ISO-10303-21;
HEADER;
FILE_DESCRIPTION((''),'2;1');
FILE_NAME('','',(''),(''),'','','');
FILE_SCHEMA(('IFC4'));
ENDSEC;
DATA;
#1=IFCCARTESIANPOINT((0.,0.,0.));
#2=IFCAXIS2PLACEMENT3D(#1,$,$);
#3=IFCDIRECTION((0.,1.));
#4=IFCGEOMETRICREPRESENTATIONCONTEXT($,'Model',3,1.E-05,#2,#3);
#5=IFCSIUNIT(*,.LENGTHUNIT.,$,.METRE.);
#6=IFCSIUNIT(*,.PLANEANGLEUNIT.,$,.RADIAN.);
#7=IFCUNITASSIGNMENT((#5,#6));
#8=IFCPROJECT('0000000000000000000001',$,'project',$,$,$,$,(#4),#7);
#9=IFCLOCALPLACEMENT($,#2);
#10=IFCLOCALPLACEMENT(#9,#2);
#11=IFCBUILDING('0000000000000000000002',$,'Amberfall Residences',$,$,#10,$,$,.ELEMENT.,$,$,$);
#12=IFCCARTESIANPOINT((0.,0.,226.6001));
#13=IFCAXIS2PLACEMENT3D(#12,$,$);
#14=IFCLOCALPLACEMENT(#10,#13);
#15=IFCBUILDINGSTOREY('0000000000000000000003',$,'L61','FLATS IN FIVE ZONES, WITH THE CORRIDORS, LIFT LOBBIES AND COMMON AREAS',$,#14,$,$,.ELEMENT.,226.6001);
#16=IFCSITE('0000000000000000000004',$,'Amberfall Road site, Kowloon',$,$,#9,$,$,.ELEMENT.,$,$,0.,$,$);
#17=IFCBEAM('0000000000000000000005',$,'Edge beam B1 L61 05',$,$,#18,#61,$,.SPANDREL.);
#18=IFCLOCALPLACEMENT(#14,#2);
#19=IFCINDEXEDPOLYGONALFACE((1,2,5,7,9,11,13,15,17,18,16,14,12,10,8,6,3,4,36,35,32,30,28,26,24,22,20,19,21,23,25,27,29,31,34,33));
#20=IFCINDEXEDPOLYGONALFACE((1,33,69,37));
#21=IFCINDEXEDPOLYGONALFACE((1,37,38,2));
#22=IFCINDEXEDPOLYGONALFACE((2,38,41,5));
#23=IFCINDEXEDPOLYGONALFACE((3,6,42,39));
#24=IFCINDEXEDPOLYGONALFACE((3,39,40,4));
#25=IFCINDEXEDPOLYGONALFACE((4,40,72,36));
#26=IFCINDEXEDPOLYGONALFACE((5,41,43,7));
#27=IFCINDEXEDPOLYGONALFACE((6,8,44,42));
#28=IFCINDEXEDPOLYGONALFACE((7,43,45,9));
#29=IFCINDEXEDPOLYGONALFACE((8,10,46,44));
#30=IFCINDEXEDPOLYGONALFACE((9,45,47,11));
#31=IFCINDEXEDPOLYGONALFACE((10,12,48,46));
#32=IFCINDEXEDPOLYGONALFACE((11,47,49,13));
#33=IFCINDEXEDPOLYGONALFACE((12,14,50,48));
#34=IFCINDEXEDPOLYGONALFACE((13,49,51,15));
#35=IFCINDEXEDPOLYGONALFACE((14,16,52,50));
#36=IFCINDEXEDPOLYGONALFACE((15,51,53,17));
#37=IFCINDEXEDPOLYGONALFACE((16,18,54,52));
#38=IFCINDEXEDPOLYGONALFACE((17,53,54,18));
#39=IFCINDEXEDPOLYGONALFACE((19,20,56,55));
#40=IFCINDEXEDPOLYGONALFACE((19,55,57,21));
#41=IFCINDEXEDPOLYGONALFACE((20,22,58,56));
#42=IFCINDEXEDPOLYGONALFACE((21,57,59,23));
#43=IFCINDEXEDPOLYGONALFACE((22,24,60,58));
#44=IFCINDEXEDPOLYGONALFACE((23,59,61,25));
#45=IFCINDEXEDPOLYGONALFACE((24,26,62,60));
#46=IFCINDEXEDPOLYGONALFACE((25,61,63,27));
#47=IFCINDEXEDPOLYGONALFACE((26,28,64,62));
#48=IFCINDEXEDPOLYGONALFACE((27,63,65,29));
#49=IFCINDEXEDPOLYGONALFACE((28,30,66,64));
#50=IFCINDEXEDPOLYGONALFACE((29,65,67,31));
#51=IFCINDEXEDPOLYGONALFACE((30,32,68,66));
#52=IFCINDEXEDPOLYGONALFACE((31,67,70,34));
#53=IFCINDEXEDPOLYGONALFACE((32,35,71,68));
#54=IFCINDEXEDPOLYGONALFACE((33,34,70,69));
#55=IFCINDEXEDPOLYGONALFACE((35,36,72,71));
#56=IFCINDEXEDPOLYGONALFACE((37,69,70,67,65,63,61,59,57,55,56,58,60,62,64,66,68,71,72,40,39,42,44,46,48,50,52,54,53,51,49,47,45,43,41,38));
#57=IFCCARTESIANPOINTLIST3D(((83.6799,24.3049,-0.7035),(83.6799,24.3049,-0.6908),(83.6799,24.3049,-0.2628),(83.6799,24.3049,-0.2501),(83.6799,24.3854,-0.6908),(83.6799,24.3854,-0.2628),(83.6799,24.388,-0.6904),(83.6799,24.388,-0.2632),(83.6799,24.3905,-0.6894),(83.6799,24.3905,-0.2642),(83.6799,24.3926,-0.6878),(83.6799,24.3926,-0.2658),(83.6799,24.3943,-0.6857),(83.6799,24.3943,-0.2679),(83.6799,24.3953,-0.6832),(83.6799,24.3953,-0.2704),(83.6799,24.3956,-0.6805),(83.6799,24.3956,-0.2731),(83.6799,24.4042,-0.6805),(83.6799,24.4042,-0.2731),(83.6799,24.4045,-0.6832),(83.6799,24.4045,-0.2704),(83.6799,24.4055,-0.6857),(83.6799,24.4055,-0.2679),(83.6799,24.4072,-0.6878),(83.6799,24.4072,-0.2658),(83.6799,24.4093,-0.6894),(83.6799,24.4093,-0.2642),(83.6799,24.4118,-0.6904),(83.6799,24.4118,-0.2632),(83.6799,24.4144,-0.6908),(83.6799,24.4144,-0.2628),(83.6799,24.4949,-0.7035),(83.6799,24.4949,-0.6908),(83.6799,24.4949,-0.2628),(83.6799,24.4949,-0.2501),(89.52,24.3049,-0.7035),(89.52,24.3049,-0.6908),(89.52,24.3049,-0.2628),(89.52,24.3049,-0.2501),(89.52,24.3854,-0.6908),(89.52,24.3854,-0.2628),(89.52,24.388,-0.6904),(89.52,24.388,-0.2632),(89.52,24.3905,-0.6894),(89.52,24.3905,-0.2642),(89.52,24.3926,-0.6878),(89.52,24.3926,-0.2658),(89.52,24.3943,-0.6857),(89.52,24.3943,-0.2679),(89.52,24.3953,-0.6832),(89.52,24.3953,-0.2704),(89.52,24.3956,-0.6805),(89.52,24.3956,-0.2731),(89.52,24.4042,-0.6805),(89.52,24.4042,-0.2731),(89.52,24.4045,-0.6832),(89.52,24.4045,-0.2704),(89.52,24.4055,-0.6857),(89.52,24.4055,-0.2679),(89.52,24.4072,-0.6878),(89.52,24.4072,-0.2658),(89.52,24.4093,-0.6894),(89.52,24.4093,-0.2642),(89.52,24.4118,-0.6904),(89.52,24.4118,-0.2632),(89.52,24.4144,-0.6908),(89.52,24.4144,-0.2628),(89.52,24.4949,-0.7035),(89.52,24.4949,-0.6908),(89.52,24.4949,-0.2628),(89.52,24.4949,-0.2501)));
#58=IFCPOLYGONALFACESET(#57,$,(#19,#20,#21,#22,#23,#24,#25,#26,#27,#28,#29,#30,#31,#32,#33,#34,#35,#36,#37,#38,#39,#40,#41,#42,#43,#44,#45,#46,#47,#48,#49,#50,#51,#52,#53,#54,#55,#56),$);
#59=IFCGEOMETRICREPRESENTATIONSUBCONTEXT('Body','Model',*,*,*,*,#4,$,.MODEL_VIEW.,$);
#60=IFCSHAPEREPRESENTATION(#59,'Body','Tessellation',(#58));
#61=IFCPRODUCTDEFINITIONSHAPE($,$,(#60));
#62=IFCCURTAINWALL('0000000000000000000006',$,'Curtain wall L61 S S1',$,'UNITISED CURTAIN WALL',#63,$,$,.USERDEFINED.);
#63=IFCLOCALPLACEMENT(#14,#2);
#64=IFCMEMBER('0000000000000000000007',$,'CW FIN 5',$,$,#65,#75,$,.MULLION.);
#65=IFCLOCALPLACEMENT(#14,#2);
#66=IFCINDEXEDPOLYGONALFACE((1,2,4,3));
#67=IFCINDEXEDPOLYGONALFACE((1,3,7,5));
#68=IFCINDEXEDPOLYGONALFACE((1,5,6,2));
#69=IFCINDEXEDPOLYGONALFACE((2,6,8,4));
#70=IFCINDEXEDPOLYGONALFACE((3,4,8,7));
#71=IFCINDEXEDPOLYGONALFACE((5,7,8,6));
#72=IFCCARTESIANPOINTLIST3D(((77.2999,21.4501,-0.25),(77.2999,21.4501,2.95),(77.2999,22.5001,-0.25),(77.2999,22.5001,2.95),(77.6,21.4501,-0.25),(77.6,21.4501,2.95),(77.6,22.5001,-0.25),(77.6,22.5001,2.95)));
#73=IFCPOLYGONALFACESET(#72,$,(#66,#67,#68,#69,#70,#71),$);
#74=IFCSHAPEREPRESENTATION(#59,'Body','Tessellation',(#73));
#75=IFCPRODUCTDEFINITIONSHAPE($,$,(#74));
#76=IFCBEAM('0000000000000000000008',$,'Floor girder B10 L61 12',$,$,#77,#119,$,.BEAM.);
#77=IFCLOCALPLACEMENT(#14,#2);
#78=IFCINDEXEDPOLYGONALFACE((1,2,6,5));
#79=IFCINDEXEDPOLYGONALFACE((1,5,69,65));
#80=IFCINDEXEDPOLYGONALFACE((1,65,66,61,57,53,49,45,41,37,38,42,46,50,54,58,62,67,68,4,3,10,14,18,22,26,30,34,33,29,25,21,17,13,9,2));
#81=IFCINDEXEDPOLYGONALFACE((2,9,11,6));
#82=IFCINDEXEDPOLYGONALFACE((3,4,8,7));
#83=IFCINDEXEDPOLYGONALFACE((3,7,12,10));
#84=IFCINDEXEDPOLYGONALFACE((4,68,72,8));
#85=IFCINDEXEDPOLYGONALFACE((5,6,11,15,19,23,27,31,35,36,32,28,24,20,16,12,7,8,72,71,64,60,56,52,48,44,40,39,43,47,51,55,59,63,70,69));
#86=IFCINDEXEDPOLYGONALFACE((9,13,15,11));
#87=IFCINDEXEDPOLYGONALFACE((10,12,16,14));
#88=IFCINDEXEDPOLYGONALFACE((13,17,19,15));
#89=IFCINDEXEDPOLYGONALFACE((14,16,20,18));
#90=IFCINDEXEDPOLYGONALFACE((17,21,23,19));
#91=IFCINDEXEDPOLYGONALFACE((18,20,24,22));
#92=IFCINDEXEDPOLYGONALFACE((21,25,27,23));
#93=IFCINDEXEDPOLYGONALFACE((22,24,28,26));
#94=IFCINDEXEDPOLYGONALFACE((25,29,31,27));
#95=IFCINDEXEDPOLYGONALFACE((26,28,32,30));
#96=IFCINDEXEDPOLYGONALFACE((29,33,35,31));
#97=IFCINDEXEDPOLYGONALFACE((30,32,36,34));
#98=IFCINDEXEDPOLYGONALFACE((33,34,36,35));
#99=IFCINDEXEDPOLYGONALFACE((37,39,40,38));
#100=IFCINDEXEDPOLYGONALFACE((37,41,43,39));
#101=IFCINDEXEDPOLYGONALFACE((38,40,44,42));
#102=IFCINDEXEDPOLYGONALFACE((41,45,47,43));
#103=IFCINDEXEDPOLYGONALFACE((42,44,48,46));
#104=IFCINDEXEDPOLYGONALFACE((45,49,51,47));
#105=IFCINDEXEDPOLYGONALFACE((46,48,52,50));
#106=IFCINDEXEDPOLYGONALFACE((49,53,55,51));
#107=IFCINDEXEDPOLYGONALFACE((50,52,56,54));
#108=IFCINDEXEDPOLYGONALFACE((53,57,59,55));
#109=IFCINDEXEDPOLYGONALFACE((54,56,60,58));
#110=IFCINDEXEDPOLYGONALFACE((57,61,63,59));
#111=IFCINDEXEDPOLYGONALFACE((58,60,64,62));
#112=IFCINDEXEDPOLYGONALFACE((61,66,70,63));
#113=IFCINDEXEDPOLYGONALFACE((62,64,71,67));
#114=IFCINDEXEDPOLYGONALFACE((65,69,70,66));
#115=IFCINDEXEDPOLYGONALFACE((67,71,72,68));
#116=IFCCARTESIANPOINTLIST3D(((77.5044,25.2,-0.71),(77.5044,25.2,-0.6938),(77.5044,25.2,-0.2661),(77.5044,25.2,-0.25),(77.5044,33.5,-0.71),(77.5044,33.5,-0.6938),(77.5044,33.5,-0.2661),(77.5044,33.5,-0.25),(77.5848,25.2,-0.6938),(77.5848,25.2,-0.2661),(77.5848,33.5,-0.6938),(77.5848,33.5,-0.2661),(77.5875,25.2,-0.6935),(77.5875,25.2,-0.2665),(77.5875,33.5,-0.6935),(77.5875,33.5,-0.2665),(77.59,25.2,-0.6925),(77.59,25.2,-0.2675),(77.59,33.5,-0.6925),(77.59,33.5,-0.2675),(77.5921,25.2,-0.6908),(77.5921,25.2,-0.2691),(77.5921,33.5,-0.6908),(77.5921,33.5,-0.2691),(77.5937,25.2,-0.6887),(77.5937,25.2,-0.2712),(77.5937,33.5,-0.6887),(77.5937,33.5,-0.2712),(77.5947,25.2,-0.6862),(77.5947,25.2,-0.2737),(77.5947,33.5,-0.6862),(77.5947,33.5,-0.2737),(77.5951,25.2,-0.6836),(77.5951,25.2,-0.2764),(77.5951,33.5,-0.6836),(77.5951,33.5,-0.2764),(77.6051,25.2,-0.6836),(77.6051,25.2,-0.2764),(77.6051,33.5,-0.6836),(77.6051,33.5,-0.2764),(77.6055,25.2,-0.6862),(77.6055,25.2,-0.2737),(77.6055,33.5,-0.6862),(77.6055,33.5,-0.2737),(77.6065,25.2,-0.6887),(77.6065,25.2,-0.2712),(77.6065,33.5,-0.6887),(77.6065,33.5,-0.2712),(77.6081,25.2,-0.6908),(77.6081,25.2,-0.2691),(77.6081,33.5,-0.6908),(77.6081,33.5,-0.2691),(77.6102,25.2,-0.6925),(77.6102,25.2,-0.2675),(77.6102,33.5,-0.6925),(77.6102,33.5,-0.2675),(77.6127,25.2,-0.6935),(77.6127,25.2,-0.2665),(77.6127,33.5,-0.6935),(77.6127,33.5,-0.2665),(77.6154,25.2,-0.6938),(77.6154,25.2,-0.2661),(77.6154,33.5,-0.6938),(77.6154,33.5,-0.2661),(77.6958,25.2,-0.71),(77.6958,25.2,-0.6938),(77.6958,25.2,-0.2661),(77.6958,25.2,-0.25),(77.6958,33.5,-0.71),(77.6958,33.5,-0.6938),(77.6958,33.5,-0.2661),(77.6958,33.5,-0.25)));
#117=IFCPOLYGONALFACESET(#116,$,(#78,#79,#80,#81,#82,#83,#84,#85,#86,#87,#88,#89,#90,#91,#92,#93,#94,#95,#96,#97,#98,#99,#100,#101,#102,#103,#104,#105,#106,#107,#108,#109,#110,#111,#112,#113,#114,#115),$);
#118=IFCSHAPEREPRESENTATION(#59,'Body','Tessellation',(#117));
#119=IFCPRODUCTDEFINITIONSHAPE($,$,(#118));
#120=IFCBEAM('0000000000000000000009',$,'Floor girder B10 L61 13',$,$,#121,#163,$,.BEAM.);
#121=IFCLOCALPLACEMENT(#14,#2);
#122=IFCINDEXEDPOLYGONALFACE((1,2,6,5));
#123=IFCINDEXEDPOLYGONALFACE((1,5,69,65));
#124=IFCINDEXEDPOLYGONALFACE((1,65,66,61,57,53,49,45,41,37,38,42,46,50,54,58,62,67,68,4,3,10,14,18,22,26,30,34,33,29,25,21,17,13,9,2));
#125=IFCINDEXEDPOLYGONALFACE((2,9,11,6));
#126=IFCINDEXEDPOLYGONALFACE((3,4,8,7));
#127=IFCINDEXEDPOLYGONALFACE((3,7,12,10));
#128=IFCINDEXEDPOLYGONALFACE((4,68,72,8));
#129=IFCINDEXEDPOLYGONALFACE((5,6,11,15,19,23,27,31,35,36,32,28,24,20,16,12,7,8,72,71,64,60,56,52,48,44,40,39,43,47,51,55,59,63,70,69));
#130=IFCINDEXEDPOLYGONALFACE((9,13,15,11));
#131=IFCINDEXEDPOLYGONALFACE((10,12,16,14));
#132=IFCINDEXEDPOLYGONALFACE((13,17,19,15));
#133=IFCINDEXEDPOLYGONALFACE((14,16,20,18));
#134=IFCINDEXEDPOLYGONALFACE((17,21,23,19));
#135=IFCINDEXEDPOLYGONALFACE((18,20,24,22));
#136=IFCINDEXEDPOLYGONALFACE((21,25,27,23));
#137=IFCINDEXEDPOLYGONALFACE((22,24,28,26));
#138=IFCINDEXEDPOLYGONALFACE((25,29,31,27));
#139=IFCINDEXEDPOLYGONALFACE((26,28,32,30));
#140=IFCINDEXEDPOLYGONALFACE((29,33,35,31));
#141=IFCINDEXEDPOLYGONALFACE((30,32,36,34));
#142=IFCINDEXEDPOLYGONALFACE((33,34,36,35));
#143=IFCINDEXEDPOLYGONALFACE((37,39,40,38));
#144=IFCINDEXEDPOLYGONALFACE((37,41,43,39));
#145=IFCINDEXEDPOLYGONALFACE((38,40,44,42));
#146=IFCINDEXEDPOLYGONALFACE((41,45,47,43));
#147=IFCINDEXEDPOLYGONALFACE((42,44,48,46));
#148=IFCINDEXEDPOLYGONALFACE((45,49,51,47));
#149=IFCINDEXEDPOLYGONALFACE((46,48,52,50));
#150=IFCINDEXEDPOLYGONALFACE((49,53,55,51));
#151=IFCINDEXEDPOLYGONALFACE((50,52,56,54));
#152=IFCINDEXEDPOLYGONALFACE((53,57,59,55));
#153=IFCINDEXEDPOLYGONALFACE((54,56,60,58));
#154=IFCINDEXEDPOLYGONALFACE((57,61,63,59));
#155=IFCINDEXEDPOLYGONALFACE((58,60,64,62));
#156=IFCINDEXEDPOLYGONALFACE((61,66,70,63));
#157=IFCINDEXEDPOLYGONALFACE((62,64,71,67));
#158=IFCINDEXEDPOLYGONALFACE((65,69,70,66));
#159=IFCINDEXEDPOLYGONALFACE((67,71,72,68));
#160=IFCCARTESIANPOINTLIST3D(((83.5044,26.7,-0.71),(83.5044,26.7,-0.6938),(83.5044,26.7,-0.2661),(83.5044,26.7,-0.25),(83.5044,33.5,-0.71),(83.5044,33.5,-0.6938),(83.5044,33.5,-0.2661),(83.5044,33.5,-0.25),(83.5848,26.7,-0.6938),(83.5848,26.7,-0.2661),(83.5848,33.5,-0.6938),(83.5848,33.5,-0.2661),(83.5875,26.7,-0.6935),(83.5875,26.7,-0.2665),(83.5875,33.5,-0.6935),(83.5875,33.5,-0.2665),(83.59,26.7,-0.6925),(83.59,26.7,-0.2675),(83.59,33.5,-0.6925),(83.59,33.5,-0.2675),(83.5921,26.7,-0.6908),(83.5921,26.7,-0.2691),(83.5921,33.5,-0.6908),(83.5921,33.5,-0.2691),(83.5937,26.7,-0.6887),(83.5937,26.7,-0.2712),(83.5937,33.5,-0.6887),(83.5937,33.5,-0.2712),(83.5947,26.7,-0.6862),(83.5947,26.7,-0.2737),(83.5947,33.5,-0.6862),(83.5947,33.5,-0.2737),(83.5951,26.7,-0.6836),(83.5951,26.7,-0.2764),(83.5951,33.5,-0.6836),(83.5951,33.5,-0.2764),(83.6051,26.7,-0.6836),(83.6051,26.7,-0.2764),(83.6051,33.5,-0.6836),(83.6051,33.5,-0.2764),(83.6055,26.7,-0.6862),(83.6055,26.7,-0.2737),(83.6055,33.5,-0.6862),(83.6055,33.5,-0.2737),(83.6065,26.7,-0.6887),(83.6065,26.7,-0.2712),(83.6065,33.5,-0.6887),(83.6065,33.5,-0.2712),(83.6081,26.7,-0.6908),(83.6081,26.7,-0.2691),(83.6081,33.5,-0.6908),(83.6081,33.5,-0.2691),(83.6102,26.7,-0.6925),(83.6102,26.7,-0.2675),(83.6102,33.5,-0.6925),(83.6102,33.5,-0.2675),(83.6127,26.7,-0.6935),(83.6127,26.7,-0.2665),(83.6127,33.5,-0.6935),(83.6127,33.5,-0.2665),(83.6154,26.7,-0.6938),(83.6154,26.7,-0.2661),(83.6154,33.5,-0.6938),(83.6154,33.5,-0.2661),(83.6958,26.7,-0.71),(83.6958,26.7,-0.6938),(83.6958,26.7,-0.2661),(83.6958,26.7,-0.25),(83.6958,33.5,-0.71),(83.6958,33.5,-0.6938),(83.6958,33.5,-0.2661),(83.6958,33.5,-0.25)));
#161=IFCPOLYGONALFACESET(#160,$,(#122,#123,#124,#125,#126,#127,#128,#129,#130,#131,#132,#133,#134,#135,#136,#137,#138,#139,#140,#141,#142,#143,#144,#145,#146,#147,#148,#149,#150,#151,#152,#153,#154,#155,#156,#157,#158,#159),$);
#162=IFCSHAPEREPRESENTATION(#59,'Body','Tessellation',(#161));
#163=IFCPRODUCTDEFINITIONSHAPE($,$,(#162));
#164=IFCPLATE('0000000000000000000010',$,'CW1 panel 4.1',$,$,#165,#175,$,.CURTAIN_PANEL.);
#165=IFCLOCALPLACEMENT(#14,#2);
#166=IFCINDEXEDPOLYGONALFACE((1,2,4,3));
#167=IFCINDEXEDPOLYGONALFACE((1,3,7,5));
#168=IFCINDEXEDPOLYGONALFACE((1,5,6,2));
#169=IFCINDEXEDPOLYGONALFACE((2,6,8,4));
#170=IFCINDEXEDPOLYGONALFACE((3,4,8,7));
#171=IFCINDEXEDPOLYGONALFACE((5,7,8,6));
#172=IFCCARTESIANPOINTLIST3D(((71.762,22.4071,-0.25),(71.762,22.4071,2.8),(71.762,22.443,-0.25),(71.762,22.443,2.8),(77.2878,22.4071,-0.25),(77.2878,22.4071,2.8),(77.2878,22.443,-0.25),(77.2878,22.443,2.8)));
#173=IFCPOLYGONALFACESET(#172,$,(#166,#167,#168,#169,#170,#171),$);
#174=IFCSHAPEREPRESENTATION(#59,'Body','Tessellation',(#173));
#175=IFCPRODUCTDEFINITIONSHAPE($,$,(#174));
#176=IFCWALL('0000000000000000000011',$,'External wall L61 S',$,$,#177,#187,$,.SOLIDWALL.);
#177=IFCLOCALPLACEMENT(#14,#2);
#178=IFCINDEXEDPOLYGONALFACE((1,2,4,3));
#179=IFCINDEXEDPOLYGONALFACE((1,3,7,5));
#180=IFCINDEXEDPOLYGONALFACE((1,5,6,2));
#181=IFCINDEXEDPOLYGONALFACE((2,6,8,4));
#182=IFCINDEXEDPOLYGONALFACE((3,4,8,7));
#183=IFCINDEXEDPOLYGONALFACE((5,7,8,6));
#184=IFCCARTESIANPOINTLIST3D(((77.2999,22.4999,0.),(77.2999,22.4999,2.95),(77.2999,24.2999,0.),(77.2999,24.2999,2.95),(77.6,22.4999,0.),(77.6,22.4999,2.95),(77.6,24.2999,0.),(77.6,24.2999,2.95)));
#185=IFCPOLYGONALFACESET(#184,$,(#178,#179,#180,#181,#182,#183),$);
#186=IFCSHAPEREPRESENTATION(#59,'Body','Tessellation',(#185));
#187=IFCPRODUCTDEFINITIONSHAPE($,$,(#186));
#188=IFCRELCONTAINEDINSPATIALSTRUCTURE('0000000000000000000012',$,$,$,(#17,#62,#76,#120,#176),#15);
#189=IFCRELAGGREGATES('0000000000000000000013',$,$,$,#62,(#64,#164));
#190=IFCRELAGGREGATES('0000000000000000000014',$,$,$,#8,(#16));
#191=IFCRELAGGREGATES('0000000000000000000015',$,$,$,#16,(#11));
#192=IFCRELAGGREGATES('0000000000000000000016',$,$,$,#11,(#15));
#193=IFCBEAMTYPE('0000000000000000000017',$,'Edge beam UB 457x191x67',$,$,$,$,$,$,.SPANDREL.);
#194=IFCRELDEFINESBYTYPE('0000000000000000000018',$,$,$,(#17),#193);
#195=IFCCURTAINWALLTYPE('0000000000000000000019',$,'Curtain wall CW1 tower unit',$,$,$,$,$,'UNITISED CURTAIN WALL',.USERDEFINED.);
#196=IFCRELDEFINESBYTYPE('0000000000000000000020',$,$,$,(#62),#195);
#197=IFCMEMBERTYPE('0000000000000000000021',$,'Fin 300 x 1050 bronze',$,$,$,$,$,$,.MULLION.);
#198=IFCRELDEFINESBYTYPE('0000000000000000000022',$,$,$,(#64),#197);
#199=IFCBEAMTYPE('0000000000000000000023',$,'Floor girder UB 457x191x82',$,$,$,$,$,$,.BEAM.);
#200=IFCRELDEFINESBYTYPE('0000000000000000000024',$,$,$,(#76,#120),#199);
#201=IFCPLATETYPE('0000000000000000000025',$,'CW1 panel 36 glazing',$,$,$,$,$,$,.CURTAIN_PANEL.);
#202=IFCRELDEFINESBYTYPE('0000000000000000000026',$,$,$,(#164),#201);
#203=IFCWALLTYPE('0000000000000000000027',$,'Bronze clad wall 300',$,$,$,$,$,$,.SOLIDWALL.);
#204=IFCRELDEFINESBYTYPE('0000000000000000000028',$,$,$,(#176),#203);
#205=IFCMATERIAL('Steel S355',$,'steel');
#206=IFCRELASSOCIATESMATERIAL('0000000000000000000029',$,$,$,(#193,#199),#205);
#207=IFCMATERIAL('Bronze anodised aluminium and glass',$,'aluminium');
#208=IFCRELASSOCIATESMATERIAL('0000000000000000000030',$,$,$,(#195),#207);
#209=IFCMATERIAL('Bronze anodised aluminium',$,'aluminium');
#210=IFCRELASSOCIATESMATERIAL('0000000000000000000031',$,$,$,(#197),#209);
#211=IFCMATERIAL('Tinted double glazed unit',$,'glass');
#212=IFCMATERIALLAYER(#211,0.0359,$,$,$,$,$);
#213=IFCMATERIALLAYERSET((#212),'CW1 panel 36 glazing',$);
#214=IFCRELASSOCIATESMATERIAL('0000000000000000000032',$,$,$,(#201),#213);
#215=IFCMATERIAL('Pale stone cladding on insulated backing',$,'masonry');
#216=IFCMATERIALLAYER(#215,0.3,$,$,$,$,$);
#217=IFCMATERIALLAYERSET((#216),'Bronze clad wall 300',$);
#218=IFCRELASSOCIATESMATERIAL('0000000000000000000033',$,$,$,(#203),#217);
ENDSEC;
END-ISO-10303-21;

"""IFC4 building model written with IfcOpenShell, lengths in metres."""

from ifc_helpers import new_model, si_unit, direction, frame, frame_2d, origin, origin_2d, place, context, subcontext, project, spatial, rectangle, i_section, extrude, material, layer, layer_set, material_profile, profile_set, type_object, element, aggregate, save


model = new_model("IFC4")

# Units and contexts
model_context = context("Model", 3, precision=1e-05, world=origin(), true_north=direction((0.0, 1.0)))
body_context = subcontext(model_context, "Body", "Model", "MODEL_VIEW")
ifc_project = project(units=[si_unit("LENGTHUNIT", "METRE"), si_unit("PLANEANGLEUNIT", "RADIAN")], contexts=[model_context])

# Site, building, storey
site_placement = place(None, origin())
site = spatial("IfcSite", under=ifc_project, at=site_placement, Name="Amberfall Road site, Kowloon", CompositionType="ELEMENT", RefElevation=0.0)
building_placement = place(site_placement, origin())
building = spatial("IfcBuilding", under=site, at=building_placement, Name="Amberfall Residences", CompositionType="ELEMENT")
storey_placement = place(building_placement, frame((0.0, 0.0, 226.6001)))
storey = spatial("IfcBuildingStorey", under=building, at=storey_placement, Name="L61", Description="FLATS IN FIVE ZONES, WITH THE CORRIDORS, LIFT LOBBIES AND COMMON AREAS", CompositionType="ELEMENT", Elevation=226.6001)

# Beam
ifc_material_1 = material(Name="Steel S355", Category="steel")
ifc_material_profile_1 = material_profile(ifc_material_1, i_section(OverallWidth=0.1899, OverallDepth=0.4534, WebThickness=0.0085, FlangeThickness=0.0127, FilletRadius=0.0103, at=origin_2d()), Name="UB 457x191x67")
ifc_profile_set_1 = profile_set([ifc_material_profile_1], Name="Steel S355")
beam_type_1 = type_object("IfcBeamType", Name="Edge beam UB 457x191x67", PredefinedType="SPANDREL", material=ifc_profile_set_1)
beam_1_placement = place(storey_placement, frame((83.6799, 24.3999, -0.4768), z_axis=(1.0, 0.0, 0.0), x_axis=(0.0, 1.0, 0.0)))
element("IfcBeam", 1, at=beam_1_placement, inside=storey, type_object=beam_type_1, Name="Edge beam B1 L61 05", PredefinedType="SPANDREL", context=body_context, shape_type="SweptSolid", body=[
    extrude(i_section(OverallWidth=0.1899, OverallDepth=0.4534, WebThickness=0.0085, FlangeThickness=0.0127, FilletRadius=0.0103, at=origin_2d()), origin(), (0.0, 0.0, 1.0), 5.8401),
])

# Curtain wall, member
ifc_material_2 = material(Name="Bronze anodised aluminium and glass", Category="aluminium")
curtain_wall_type = type_object("IfcCurtainWallType", Name="Curtain wall CW1 tower unit", ElementType="UNITISED CURTAIN WALL", PredefinedType="USERDEFINED", material=ifc_material_2)
curtain_wall_placement = place(storey_placement, origin())
curtain_wall = element("IfcCurtainWall", 2, at=curtain_wall_placement, inside=storey, type_object=curtain_wall_type, Name="Curtain wall L61 S S1", ObjectType="UNITISED CURTAIN WALL", PredefinedType="USERDEFINED")
ifc_material_3 = material(Name="Bronze anodised aluminium", Category="aluminium")
ifc_material_profile_2 = material_profile(ifc_material_3, rectangle(XDim=1.05, YDim=0.3, at=origin_2d()), Name="Fin 300 x 1050 bronze")
ifc_profile_set_2 = profile_set([ifc_material_profile_2], Name="Bronze anodised aluminium")
member_type = type_object("IfcMemberType", Name="Fin 300 x 1050 bronze", PredefinedType="MULLION", material=ifc_profile_set_2)
member_placement = place(storey_placement, frame((77.45, 21.9751, -0.25), z_axis=(0.0, 0.0, 1.0), x_axis=(0.0, 1.0, 0.0)))
member = element("IfcMember", 3, at=member_placement, type_object=member_type, Name="CW FIN 5", PredefinedType="MULLION", context=body_context, shape_type="SweptSolid", body=[
    extrude(rectangle(XDim=1.05, YDim=0.3, at=origin_2d()), origin(), (0.0, 0.0, 1.0), 3.2),
])

# Beams
ifc_material_profile_3 = material_profile(ifc_material_1, i_section(OverallWidth=0.1914, OverallDepth=0.46, WebThickness=0.01, FlangeThickness=0.0161, FilletRadius=0.0103, at=origin_2d()), Name="UB 457x191x82")
ifc_profile_set_3 = profile_set([ifc_material_profile_3], Name="Steel S355")
beam_type_2 = type_object("IfcBeamType", Name="Floor girder UB 457x191x82", PredefinedType="BEAM", material=ifc_profile_set_3)
beam_2_placement = place(storey_placement, frame((77.6001, 25.2, -0.48), z_axis=(0.0, 1.0, 0.0), x_axis=(-1.0, 0.0, 0.0)))
element("IfcBeam", 4, at=beam_2_placement, inside=storey, type_object=beam_type_2, Name="Floor girder B10 L61 12", PredefinedType="BEAM", context=body_context, shape_type="SweptSolid", body=[
    extrude(i_section(OverallWidth=0.1914, OverallDepth=0.46, WebThickness=0.01, FlangeThickness=0.0161, FilletRadius=0.0103, at=origin_2d()), origin(), (0.0, 0.0, 1.0), 8.3),
])
beam_3_placement = place(storey_placement, frame((83.6001, 26.7, -0.48), z_axis=(0.0, 1.0, 0.0), x_axis=(-1.0, 0.0, 0.0)))
element("IfcBeam", 5, at=beam_3_placement, inside=storey, type_object=beam_type_2, Name="Floor girder B10 L61 13", PredefinedType="BEAM", context=body_context, shape_type="SweptSolid", body=[
    extrude(i_section(OverallWidth=0.1914, OverallDepth=0.46, WebThickness=0.01, FlangeThickness=0.0161, FilletRadius=0.0103, at=origin_2d()), origin(), (0.0, 0.0, 1.0), 6.8),
])

# Plate
ifc_material_4 = material(Name="Tinted double glazed unit", Category="glass")
ifc_layer_1 = layer(ifc_material_4, 0.0359)
ifc_layer_set_1 = layer_set([ifc_layer_1], Name="CW1 panel 36 glazing")
plate_type = type_object("IfcPlateType", Name="CW1 panel 36 glazing", PredefinedType="CURTAIN_PANEL", material=ifc_layer_set_1)
plate_placement = place(storey_placement, frame((74.5249, 22.425, -0.25), z_axis=(0.0, 0.0, 1.0), x_axis=(1.0, 0.0, 0.0)))
plate = element("IfcPlate", 6, at=plate_placement, type_object=plate_type, Name="CW1 panel 4.1", PredefinedType="CURTAIN_PANEL", context=body_context, shape_type="SweptSolid", body=[
    extrude(rectangle(XDim=5.5259, YDim=0.0359, at=origin_2d()), origin(), (0.0, 0.0, 1.0), 3.05),
])
aggregate(curtain_wall, [member, plate])

# Wall
ifc_material_5 = material(Name="Pale stone cladding on insulated backing", Category="masonry")
ifc_layer_2 = layer(ifc_material_5, 0.3)
ifc_layer_set_2 = layer_set([ifc_layer_2], Name="Bronze clad wall 300")
wall_type_1 = type_object("IfcWallType", Name="Bronze clad wall 300", PredefinedType="SOLIDWALL", material=ifc_layer_set_2)
wall_1_placement = place(storey_placement, frame((77.45, 22.5, 0.0), z_axis=(0.0, 0.0, 1.0), x_axis=(0.0, 1.0, 0.0)))
element("IfcWall", 7, at=wall_1_placement, inside=storey, type_object=wall_type_1, Name="External wall L61 S", PredefinedType="SOLIDWALL", context=body_context, shape_type="SweptSolid", body=[
    extrude(rectangle(XDim=1.8, YDim=0.3, at=frame_2d((0.8999, 0.0))), origin(), (0.0, 0.0, 1.0), 2.95),
])

save(model, "model.ifc")
